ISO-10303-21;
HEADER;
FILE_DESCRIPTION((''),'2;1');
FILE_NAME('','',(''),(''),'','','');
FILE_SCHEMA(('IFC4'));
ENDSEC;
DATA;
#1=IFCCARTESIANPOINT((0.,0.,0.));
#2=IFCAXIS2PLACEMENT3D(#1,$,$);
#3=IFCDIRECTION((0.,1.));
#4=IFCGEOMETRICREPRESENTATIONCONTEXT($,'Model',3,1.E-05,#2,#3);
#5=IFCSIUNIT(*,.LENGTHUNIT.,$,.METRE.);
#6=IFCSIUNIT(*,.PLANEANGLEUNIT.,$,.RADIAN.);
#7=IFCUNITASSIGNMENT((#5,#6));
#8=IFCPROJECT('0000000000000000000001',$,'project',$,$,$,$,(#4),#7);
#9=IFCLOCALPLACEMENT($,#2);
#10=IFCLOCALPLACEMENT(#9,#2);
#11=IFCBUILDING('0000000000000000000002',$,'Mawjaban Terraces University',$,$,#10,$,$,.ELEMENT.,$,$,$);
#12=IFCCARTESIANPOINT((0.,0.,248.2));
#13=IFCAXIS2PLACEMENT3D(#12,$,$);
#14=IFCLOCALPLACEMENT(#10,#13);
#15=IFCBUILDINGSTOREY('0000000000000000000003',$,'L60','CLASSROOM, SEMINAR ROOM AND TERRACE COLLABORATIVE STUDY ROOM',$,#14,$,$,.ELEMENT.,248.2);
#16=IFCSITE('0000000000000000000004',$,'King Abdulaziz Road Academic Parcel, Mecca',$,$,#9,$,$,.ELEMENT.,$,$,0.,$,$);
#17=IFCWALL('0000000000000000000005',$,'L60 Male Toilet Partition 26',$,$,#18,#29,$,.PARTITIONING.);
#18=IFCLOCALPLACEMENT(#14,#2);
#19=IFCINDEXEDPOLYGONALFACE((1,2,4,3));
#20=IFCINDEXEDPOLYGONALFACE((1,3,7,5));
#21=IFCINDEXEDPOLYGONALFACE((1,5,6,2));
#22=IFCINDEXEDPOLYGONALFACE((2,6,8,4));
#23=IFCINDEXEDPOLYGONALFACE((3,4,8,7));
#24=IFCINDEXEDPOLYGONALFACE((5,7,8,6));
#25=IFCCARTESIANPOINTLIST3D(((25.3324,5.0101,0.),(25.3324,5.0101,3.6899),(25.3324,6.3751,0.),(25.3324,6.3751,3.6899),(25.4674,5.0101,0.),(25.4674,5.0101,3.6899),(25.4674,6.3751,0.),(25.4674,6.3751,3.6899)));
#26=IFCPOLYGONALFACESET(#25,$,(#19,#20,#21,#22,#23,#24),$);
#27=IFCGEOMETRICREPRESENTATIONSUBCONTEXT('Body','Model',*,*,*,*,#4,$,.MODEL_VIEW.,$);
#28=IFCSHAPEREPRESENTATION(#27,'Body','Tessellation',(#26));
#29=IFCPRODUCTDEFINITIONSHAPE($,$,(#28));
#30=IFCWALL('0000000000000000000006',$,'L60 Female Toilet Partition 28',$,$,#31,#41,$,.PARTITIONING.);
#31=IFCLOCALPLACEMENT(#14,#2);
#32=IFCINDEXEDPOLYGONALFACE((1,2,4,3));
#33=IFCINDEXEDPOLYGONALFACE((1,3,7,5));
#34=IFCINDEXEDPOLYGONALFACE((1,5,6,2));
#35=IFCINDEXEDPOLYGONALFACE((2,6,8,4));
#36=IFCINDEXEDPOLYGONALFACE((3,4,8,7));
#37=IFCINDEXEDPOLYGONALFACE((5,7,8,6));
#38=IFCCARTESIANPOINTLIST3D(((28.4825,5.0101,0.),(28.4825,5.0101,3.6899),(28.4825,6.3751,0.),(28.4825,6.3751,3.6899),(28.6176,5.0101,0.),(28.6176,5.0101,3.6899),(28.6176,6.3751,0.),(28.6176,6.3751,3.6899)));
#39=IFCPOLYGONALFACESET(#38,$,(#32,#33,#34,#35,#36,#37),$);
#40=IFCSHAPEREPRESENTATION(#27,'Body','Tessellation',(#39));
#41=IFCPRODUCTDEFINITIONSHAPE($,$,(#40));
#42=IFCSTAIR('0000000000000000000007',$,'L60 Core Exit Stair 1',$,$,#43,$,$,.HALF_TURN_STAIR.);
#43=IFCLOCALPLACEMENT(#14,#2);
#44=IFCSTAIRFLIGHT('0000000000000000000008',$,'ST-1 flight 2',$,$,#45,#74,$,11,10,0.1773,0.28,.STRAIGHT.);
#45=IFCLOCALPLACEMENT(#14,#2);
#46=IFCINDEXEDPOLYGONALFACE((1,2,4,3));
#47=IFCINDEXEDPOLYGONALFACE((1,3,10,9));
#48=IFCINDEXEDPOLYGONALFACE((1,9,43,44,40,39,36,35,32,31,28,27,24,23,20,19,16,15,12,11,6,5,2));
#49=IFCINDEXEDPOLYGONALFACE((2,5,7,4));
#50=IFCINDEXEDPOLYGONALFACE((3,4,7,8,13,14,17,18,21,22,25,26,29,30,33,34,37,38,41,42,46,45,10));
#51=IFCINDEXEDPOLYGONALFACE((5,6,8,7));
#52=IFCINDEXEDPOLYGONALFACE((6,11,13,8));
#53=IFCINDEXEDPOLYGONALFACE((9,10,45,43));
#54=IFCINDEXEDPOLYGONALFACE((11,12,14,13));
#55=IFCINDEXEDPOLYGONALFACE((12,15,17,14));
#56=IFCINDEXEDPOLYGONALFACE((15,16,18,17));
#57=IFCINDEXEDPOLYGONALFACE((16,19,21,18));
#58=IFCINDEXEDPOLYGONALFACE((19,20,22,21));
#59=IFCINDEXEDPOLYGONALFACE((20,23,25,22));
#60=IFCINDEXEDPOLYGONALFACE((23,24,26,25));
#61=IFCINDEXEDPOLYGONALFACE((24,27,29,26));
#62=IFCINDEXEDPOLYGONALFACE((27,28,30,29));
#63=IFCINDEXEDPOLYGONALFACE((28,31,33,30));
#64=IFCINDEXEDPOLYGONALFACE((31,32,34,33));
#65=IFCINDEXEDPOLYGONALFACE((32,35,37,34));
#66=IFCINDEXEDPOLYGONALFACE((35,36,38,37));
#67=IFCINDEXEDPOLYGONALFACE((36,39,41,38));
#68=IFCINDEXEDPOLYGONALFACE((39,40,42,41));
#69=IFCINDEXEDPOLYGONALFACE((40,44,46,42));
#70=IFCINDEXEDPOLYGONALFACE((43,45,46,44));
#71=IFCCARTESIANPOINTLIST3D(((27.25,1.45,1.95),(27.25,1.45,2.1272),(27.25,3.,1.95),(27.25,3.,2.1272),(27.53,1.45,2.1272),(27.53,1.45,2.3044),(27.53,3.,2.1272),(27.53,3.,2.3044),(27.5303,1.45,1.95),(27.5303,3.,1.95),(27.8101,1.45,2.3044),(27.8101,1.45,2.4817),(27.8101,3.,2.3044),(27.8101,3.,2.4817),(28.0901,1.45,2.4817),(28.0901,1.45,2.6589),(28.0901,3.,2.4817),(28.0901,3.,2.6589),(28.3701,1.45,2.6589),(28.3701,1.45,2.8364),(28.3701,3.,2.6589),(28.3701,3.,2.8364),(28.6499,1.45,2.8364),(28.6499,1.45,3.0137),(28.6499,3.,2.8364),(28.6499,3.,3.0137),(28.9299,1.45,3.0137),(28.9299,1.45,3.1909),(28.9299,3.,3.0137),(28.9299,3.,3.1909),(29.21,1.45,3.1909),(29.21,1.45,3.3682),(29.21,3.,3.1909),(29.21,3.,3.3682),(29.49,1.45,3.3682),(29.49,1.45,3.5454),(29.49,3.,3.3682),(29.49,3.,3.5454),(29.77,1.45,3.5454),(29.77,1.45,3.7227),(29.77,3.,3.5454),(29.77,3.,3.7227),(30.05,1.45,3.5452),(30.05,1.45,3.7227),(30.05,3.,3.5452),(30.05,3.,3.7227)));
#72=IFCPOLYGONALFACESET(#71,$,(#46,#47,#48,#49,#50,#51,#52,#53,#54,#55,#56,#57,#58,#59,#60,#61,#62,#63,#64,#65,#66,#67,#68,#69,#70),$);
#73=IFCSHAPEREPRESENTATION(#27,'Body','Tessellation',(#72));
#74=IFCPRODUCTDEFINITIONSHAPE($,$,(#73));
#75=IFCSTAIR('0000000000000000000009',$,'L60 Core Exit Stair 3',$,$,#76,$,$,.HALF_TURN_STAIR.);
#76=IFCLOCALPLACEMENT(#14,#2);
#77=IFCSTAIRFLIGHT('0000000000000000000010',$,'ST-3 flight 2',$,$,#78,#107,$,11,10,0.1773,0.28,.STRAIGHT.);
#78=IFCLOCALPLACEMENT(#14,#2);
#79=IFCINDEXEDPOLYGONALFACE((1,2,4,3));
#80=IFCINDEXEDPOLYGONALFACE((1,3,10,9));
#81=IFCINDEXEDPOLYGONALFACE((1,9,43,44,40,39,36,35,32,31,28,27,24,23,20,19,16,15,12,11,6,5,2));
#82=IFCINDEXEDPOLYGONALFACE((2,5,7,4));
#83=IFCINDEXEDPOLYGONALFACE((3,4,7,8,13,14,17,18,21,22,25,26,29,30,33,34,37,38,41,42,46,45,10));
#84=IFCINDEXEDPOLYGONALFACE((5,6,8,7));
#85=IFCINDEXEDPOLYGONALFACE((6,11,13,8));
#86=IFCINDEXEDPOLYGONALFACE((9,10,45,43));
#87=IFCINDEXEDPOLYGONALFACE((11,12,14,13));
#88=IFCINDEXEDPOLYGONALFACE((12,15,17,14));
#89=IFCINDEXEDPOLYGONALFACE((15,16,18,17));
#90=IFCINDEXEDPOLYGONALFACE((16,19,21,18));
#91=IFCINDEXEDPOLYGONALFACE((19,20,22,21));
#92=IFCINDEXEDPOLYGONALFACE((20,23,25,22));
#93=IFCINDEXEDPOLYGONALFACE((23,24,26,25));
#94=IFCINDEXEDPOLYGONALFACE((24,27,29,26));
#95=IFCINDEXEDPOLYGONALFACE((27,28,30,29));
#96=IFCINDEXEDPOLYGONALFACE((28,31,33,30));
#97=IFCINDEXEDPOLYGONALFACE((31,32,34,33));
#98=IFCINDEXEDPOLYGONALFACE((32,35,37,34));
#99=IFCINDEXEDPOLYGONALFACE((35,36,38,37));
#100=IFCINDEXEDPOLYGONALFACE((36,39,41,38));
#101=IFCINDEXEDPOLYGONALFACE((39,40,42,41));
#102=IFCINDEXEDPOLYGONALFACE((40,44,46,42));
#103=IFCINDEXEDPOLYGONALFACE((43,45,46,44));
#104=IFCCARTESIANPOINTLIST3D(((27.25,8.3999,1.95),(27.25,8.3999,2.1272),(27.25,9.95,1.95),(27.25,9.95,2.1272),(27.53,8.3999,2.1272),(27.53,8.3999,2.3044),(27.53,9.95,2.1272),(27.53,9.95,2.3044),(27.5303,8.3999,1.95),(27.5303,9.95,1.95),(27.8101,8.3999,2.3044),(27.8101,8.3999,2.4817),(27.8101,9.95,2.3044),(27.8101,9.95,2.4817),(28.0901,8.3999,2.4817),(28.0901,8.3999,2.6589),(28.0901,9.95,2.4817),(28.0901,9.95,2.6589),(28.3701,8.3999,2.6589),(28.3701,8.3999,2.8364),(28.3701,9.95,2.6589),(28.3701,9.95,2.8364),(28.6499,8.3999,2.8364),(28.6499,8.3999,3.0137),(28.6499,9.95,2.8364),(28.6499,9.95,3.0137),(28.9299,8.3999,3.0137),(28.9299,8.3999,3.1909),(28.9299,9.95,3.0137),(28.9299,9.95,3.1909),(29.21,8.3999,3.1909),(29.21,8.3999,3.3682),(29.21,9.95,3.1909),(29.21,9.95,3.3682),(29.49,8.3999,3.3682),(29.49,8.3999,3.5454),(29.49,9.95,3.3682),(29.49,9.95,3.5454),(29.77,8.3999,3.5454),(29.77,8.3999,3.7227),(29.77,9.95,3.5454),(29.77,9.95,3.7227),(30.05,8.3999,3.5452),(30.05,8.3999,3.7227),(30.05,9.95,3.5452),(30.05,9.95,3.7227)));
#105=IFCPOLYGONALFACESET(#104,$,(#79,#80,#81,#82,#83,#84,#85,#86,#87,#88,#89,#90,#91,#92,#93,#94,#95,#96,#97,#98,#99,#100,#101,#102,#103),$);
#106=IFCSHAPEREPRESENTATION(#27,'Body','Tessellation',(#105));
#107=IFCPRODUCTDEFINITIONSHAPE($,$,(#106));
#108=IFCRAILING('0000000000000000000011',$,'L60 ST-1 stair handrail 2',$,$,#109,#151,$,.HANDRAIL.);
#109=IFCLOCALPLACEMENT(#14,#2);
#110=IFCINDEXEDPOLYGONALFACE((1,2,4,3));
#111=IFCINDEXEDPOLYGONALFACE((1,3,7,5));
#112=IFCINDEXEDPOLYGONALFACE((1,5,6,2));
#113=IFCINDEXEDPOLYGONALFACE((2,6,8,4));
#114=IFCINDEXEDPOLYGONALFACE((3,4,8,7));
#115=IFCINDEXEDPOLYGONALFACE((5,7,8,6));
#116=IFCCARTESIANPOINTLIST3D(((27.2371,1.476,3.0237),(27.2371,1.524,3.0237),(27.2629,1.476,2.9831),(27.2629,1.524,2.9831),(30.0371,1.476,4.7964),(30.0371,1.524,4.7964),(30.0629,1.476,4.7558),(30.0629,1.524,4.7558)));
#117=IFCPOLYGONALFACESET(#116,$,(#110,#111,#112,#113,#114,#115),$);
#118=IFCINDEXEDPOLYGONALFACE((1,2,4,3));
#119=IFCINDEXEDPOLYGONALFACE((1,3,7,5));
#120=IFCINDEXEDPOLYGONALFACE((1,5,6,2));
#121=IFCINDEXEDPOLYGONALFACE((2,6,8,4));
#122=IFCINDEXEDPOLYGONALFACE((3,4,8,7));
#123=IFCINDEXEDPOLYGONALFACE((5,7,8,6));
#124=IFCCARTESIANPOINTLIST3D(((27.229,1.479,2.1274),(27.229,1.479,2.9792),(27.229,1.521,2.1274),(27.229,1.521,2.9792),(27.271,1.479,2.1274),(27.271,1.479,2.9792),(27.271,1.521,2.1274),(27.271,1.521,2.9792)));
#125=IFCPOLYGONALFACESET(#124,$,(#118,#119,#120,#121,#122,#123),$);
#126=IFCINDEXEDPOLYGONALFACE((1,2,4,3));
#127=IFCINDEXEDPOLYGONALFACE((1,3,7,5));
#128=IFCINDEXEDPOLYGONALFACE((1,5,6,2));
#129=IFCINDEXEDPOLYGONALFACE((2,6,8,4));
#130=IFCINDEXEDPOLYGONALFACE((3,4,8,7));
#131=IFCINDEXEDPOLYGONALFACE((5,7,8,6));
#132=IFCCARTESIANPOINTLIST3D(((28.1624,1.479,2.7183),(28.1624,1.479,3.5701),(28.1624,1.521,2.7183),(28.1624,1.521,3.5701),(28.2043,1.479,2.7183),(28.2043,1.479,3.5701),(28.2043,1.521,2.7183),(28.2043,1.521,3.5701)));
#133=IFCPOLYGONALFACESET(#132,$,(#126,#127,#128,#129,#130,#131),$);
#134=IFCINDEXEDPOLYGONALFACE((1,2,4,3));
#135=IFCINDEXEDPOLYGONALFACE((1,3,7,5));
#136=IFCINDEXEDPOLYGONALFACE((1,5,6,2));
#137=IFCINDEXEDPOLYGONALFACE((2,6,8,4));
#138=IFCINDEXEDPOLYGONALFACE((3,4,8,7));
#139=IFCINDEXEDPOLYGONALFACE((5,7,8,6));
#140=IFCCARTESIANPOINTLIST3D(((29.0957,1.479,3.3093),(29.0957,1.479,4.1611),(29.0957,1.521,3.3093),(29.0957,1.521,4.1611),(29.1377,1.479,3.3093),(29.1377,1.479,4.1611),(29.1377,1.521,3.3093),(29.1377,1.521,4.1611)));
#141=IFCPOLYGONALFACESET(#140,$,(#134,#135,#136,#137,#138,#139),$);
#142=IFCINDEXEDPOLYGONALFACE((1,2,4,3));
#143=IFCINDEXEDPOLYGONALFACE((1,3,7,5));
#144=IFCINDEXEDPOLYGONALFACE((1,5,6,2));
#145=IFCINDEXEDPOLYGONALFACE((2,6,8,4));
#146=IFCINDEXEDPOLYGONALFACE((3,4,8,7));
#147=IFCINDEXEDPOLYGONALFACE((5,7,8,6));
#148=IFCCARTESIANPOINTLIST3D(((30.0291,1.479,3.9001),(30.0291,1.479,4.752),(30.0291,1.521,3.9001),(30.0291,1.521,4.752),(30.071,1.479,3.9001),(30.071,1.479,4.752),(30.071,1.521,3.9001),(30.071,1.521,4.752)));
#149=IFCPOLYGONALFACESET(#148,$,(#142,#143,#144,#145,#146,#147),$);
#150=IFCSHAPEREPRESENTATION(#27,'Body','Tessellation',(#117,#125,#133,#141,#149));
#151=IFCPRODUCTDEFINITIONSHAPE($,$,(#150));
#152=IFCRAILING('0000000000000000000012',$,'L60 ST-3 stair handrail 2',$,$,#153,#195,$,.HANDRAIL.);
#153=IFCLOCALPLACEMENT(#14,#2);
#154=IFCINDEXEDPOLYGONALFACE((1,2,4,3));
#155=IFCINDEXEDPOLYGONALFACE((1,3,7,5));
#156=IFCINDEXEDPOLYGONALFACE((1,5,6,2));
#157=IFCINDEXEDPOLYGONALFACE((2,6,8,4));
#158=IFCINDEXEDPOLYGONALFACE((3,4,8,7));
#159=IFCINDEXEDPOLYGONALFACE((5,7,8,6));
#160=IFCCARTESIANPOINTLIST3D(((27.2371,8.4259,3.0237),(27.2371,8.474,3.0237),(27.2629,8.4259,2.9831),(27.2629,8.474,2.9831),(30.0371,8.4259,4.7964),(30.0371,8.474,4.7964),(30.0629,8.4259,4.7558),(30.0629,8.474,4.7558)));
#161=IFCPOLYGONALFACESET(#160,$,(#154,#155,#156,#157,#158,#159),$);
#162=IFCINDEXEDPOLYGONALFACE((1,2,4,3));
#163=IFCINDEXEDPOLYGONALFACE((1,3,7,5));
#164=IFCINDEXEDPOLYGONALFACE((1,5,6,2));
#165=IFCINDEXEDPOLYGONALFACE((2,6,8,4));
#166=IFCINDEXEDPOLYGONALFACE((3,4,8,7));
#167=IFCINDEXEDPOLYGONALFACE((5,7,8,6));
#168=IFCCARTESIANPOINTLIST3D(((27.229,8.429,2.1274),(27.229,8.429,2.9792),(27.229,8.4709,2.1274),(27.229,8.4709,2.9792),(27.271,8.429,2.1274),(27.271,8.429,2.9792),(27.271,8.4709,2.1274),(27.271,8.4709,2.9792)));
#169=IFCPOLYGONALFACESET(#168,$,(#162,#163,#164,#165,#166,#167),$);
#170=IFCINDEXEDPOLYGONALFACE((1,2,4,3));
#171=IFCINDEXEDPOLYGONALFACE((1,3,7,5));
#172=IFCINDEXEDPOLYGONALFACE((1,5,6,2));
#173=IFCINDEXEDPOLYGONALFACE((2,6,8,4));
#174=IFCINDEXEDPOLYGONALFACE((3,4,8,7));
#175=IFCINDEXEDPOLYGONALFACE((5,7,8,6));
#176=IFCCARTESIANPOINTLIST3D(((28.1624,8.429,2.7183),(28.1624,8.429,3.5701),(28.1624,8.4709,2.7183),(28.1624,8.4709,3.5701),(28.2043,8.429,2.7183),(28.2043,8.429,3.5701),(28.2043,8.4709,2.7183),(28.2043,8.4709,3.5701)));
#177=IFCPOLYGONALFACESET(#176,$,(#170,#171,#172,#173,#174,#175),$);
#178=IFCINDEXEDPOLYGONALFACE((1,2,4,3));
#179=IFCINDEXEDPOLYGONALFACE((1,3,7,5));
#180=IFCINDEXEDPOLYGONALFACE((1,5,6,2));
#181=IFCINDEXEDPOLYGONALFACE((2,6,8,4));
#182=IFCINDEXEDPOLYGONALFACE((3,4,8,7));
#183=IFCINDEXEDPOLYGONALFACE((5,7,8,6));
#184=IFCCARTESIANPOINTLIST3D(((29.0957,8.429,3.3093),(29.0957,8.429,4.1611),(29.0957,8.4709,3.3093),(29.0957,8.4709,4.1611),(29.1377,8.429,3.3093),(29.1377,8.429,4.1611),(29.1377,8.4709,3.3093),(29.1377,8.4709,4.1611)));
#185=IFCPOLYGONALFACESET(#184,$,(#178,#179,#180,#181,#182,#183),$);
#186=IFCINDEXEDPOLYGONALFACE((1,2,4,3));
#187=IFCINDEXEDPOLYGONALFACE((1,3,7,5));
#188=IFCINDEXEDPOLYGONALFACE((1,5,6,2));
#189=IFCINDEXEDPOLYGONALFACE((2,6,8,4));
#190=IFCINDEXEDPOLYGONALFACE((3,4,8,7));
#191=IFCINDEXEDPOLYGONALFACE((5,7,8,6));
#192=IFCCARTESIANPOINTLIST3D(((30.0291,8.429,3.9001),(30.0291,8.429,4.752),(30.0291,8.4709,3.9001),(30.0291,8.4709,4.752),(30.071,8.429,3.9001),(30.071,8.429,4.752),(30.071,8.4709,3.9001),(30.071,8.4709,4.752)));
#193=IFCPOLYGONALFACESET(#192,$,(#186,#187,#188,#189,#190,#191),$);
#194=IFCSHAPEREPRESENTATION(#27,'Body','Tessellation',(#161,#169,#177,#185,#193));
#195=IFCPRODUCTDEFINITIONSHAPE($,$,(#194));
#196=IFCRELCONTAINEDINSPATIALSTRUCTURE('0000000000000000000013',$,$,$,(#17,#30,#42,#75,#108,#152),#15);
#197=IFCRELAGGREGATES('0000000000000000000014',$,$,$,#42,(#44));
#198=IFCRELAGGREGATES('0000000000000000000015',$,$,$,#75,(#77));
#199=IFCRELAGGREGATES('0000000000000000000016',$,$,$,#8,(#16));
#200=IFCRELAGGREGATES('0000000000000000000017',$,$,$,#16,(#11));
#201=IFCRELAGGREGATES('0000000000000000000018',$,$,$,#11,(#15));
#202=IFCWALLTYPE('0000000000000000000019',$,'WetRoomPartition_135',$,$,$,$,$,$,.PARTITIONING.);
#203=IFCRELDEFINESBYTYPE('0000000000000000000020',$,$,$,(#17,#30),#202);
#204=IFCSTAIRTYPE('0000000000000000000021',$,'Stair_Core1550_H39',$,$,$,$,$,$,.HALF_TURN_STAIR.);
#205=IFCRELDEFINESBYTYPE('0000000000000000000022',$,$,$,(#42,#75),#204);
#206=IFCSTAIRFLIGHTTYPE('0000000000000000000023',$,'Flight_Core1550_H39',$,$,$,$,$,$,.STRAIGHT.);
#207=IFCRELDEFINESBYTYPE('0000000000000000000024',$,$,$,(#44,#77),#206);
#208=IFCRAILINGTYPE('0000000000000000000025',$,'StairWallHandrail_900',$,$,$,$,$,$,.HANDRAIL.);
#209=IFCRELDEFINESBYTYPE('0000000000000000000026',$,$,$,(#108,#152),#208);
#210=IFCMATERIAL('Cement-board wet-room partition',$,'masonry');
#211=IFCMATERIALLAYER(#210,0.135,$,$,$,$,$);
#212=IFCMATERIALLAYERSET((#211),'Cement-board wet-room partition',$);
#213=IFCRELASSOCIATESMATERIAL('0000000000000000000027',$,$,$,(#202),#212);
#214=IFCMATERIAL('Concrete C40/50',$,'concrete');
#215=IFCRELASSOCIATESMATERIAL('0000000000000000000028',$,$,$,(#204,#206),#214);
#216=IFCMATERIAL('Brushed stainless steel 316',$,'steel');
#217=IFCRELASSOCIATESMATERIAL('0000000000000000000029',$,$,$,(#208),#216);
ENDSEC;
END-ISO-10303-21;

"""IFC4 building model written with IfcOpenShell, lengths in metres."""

from ifc_helpers import new_model, si_unit, direction, frame, frame_2d, origin, origin_2d, place, context, subcontext, project, spatial, polyline, rectangle, outline, extrude, material, layer, layer_set, type_object, element, aggregate, save


model = new_model("IFC4")

# Units and contexts
model_context = context("Model", 3, precision=1e-05, world=origin(), true_north=direction((0.0, 1.0)))
body_context = subcontext(model_context, "Body", "Model", "MODEL_VIEW")
ifc_project = project(units=[si_unit("LENGTHUNIT", "METRE"), si_unit("PLANEANGLEUNIT", "RADIAN")], contexts=[model_context])

# Site, building, storey
site_placement = place(None, origin())
site = spatial("IfcSite", under=ifc_project, at=site_placement, Name="King Abdulaziz Road Academic Parcel, Mecca", CompositionType="ELEMENT", RefElevation=0.0)
building_placement = place(site_placement, origin())
building = spatial("IfcBuilding", under=site, at=building_placement, Name="Mawjaban Terraces University", CompositionType="ELEMENT")
storey_placement = place(building_placement, frame((0.0, 0.0, 248.2)))
storey = spatial("IfcBuildingStorey", under=building, at=storey_placement, Name="L60", Description="CLASSROOM, SEMINAR ROOM AND TERRACE COLLABORATIVE STUDY ROOM", CompositionType="ELEMENT", Elevation=248.2)

# Walls
ifc_material_1 = material(Name="Cement-board wet-room partition", Category="masonry")
ifc_layer_1 = layer(ifc_material_1, 0.135)
ifc_layer_set_1 = layer_set([ifc_layer_1], Name="Cement-board wet-room partition")
wall_type_1 = type_object("IfcWallType", Name="WetRoomPartition_135", PredefinedType="PARTITIONING", material=ifc_layer_set_1)
for number, where, z_axis, x_axis, name in (
    (1, (25.3999, 5.01, 0.0), (0.0, 0.0, 1.0), (0.0, 1.0, 0.0), "L60 Male Toilet Partition 26"),
    (2, (28.55, 5.01, 0.0), (0.0, 0.0, 1.0), (0.0, 1.0, 0.0), "L60 Female Toilet Partition 28"),
):
    element("IfcWall", number, at=place(storey_placement, frame(where, z_axis=z_axis, x_axis=x_axis)), inside=storey, type_object=wall_type_1, Name=name, PredefinedType="PARTITIONING", context=body_context, shape_type="SweptSolid", body=[
        extrude(rectangle(XDim=1.365, YDim=0.135, at=frame_2d((0.6826, 0.0))), origin(), (0.0, 0.0, 1.0), 3.6899),
    ])

# Stairs, stair flights
ifc_material_2 = material(Name="Concrete C40/50", Category="concrete")
stair_type = type_object("IfcStairType", Name="Stair_Core1550_H39", PredefinedType="HALF_TURN_STAIR", material=ifc_material_2)
stair_1_placement = place(storey_placement, origin())
stair_1 = element("IfcStair", 3, at=stair_1_placement, inside=storey, type_object=stair_type, Name="L60 Core Exit Stair 1", PredefinedType="HALF_TURN_STAIR")
stair_flight_type = type_object("IfcStairFlightType", Name="Flight_Core1550_H39", PredefinedType="STRAIGHT", material=ifc_material_2)
stair_flight_1_placement = place(storey_placement, frame((27.25, 2.2251, 1.95), z_axis=(0.0, 0.0, 1.0), x_axis=(1.0, 0.0, 0.0)))
stair_flight_1 = element("IfcStairFlight", 4, at=stair_flight_1_placement, type_object=stair_flight_type, Name="ST-1 flight 2", NumberOfRisers=11, NumberOfTreads=10, PredefinedType="STRAIGHT", RiserHeight=0.1773, TreadLength=0.28, context=body_context, shape_type="SweptSolid", body=[
    extrude(outline(polyline([(0.0, 0.0), (0.0, 0.1772), (0.28, 0.1772), (0.28, 0.3545), (0.5601, 0.3545), (0.5601, 0.5317), (0.8401, 0.5317), (0.8401, 0.709), (1.1201, 0.709), (1.1201, 0.8865), (1.3999, 0.8865), (1.3999, 1.0637), (1.6799, 1.0637), (1.6799, 1.241), (1.96, 1.241), (1.96, 1.4182), (2.24, 1.4182), (2.24, 1.5955), (2.52, 1.5955), (2.52, 1.7727), (2.8, 1.7727), (2.8, 1.95), (2.8, 1.5952), (0.2803, 0.0), (0.0, 0.0)])), frame((0.0, 0.7749, 0.0), z_axis=(0.0, -1.0, 0.0), x_axis=(1.0, 0.0, 0.0)), (0.0, 0.0, 1.0), 1.55),
])
aggregate(stair_1, [stair_flight_1])
stair_2_placement = place(storey_placement, origin())
stair_2 = element("IfcStair", 5, at=stair_2_placement, inside=storey, type_object=stair_type, Name="L60 Core Exit Stair 3", PredefinedType="HALF_TURN_STAIR")
stair_flight_2_placement = place(storey_placement, frame((27.25, 9.175, 1.95), z_axis=(0.0, 0.0, 1.0), x_axis=(1.0, 0.0, 0.0)))
stair_flight_2 = element("IfcStairFlight", 6, at=stair_flight_2_placement, type_object=stair_flight_type, Name="ST-3 flight 2", NumberOfRisers=11, NumberOfTreads=10, PredefinedType="STRAIGHT", RiserHeight=0.1773, TreadLength=0.28, context=body_context, shape_type="SweptSolid", body=[
    extrude(outline(polyline([(0.0, 0.0), (0.0, 0.1772), (0.28, 0.1772), (0.28, 0.3545), (0.5601, 0.3545), (0.5601, 0.5317), (0.8401, 0.5317), (0.8401, 0.709), (1.1201, 0.709), (1.1201, 0.8865), (1.3999, 0.8865), (1.3999, 1.0637), (1.6799, 1.0637), (1.6799, 1.241), (1.96, 1.241), (1.96, 1.4182), (2.24, 1.4182), (2.24, 1.5955), (2.52, 1.5955), (2.52, 1.7727), (2.8, 1.7727), (2.8, 1.95), (2.8, 1.5952), (0.2803, 0.0), (0.0, 0.0)])), frame((0.0, 0.7749, 0.0), z_axis=(0.0, -1.0, 0.0), x_axis=(1.0, 0.0, 0.0)), (0.0, 0.0, 1.0), 1.55),
])
aggregate(stair_2, [stair_flight_2])

# Railings
ifc_material_3 = material(Name="Brushed stainless steel 316", Category="steel")
railing_type_1 = type_object("IfcRailingType", Name="StairWallHandrail_900", PredefinedType="HANDRAIL", material=ifc_material_3)
for number, where, name in (
    (7, (27.25, 1.5, 2.1274), "L60 ST-1 stair handrail 2"),
    (8, (27.25, 8.45, 2.1274), "L60 ST-3 stair handrail 2"),
):
    element("IfcRailing", number, at=place(storey_placement, frame(where)), inside=storey, type_object=railing_type_1, Name=name, PredefinedType="HANDRAIL", context=body_context, shape_type="SweptSolid", body=[
        extrude(rectangle(XDim=0.0481, YDim=0.0481, at=origin_2d()), frame((0.0, 0.0, 0.876), z_axis=(0.844909, 0.0, 0.53491), x_axis=(0.0, 1.0, 0.0)), (0.0, 0.0, 1.0), 3.314),
        extrude(rectangle(XDim=0.042, YDim=0.042, at=origin_2d()), origin(), (0.0, 0.0, 1.0), 0.8518),
        extrude(rectangle(XDim=0.042, YDim=0.042, at=origin_2d()), frame((0.9333, 0.0, 0.5908)), (0.0, 0.0, 1.0), 0.8518),
        extrude(rectangle(XDim=0.042, YDim=0.042, at=origin_2d()), frame((1.8667, 0.0, 1.1819)), (0.0, 0.0, 1.0), 0.8518),
        extrude(rectangle(XDim=0.042, YDim=0.042, at=origin_2d()), frame((2.8, 0.0, 1.7727)), (0.0, 0.0, 1.0), 0.8518),
    ])

save(model, "model.ifc")
